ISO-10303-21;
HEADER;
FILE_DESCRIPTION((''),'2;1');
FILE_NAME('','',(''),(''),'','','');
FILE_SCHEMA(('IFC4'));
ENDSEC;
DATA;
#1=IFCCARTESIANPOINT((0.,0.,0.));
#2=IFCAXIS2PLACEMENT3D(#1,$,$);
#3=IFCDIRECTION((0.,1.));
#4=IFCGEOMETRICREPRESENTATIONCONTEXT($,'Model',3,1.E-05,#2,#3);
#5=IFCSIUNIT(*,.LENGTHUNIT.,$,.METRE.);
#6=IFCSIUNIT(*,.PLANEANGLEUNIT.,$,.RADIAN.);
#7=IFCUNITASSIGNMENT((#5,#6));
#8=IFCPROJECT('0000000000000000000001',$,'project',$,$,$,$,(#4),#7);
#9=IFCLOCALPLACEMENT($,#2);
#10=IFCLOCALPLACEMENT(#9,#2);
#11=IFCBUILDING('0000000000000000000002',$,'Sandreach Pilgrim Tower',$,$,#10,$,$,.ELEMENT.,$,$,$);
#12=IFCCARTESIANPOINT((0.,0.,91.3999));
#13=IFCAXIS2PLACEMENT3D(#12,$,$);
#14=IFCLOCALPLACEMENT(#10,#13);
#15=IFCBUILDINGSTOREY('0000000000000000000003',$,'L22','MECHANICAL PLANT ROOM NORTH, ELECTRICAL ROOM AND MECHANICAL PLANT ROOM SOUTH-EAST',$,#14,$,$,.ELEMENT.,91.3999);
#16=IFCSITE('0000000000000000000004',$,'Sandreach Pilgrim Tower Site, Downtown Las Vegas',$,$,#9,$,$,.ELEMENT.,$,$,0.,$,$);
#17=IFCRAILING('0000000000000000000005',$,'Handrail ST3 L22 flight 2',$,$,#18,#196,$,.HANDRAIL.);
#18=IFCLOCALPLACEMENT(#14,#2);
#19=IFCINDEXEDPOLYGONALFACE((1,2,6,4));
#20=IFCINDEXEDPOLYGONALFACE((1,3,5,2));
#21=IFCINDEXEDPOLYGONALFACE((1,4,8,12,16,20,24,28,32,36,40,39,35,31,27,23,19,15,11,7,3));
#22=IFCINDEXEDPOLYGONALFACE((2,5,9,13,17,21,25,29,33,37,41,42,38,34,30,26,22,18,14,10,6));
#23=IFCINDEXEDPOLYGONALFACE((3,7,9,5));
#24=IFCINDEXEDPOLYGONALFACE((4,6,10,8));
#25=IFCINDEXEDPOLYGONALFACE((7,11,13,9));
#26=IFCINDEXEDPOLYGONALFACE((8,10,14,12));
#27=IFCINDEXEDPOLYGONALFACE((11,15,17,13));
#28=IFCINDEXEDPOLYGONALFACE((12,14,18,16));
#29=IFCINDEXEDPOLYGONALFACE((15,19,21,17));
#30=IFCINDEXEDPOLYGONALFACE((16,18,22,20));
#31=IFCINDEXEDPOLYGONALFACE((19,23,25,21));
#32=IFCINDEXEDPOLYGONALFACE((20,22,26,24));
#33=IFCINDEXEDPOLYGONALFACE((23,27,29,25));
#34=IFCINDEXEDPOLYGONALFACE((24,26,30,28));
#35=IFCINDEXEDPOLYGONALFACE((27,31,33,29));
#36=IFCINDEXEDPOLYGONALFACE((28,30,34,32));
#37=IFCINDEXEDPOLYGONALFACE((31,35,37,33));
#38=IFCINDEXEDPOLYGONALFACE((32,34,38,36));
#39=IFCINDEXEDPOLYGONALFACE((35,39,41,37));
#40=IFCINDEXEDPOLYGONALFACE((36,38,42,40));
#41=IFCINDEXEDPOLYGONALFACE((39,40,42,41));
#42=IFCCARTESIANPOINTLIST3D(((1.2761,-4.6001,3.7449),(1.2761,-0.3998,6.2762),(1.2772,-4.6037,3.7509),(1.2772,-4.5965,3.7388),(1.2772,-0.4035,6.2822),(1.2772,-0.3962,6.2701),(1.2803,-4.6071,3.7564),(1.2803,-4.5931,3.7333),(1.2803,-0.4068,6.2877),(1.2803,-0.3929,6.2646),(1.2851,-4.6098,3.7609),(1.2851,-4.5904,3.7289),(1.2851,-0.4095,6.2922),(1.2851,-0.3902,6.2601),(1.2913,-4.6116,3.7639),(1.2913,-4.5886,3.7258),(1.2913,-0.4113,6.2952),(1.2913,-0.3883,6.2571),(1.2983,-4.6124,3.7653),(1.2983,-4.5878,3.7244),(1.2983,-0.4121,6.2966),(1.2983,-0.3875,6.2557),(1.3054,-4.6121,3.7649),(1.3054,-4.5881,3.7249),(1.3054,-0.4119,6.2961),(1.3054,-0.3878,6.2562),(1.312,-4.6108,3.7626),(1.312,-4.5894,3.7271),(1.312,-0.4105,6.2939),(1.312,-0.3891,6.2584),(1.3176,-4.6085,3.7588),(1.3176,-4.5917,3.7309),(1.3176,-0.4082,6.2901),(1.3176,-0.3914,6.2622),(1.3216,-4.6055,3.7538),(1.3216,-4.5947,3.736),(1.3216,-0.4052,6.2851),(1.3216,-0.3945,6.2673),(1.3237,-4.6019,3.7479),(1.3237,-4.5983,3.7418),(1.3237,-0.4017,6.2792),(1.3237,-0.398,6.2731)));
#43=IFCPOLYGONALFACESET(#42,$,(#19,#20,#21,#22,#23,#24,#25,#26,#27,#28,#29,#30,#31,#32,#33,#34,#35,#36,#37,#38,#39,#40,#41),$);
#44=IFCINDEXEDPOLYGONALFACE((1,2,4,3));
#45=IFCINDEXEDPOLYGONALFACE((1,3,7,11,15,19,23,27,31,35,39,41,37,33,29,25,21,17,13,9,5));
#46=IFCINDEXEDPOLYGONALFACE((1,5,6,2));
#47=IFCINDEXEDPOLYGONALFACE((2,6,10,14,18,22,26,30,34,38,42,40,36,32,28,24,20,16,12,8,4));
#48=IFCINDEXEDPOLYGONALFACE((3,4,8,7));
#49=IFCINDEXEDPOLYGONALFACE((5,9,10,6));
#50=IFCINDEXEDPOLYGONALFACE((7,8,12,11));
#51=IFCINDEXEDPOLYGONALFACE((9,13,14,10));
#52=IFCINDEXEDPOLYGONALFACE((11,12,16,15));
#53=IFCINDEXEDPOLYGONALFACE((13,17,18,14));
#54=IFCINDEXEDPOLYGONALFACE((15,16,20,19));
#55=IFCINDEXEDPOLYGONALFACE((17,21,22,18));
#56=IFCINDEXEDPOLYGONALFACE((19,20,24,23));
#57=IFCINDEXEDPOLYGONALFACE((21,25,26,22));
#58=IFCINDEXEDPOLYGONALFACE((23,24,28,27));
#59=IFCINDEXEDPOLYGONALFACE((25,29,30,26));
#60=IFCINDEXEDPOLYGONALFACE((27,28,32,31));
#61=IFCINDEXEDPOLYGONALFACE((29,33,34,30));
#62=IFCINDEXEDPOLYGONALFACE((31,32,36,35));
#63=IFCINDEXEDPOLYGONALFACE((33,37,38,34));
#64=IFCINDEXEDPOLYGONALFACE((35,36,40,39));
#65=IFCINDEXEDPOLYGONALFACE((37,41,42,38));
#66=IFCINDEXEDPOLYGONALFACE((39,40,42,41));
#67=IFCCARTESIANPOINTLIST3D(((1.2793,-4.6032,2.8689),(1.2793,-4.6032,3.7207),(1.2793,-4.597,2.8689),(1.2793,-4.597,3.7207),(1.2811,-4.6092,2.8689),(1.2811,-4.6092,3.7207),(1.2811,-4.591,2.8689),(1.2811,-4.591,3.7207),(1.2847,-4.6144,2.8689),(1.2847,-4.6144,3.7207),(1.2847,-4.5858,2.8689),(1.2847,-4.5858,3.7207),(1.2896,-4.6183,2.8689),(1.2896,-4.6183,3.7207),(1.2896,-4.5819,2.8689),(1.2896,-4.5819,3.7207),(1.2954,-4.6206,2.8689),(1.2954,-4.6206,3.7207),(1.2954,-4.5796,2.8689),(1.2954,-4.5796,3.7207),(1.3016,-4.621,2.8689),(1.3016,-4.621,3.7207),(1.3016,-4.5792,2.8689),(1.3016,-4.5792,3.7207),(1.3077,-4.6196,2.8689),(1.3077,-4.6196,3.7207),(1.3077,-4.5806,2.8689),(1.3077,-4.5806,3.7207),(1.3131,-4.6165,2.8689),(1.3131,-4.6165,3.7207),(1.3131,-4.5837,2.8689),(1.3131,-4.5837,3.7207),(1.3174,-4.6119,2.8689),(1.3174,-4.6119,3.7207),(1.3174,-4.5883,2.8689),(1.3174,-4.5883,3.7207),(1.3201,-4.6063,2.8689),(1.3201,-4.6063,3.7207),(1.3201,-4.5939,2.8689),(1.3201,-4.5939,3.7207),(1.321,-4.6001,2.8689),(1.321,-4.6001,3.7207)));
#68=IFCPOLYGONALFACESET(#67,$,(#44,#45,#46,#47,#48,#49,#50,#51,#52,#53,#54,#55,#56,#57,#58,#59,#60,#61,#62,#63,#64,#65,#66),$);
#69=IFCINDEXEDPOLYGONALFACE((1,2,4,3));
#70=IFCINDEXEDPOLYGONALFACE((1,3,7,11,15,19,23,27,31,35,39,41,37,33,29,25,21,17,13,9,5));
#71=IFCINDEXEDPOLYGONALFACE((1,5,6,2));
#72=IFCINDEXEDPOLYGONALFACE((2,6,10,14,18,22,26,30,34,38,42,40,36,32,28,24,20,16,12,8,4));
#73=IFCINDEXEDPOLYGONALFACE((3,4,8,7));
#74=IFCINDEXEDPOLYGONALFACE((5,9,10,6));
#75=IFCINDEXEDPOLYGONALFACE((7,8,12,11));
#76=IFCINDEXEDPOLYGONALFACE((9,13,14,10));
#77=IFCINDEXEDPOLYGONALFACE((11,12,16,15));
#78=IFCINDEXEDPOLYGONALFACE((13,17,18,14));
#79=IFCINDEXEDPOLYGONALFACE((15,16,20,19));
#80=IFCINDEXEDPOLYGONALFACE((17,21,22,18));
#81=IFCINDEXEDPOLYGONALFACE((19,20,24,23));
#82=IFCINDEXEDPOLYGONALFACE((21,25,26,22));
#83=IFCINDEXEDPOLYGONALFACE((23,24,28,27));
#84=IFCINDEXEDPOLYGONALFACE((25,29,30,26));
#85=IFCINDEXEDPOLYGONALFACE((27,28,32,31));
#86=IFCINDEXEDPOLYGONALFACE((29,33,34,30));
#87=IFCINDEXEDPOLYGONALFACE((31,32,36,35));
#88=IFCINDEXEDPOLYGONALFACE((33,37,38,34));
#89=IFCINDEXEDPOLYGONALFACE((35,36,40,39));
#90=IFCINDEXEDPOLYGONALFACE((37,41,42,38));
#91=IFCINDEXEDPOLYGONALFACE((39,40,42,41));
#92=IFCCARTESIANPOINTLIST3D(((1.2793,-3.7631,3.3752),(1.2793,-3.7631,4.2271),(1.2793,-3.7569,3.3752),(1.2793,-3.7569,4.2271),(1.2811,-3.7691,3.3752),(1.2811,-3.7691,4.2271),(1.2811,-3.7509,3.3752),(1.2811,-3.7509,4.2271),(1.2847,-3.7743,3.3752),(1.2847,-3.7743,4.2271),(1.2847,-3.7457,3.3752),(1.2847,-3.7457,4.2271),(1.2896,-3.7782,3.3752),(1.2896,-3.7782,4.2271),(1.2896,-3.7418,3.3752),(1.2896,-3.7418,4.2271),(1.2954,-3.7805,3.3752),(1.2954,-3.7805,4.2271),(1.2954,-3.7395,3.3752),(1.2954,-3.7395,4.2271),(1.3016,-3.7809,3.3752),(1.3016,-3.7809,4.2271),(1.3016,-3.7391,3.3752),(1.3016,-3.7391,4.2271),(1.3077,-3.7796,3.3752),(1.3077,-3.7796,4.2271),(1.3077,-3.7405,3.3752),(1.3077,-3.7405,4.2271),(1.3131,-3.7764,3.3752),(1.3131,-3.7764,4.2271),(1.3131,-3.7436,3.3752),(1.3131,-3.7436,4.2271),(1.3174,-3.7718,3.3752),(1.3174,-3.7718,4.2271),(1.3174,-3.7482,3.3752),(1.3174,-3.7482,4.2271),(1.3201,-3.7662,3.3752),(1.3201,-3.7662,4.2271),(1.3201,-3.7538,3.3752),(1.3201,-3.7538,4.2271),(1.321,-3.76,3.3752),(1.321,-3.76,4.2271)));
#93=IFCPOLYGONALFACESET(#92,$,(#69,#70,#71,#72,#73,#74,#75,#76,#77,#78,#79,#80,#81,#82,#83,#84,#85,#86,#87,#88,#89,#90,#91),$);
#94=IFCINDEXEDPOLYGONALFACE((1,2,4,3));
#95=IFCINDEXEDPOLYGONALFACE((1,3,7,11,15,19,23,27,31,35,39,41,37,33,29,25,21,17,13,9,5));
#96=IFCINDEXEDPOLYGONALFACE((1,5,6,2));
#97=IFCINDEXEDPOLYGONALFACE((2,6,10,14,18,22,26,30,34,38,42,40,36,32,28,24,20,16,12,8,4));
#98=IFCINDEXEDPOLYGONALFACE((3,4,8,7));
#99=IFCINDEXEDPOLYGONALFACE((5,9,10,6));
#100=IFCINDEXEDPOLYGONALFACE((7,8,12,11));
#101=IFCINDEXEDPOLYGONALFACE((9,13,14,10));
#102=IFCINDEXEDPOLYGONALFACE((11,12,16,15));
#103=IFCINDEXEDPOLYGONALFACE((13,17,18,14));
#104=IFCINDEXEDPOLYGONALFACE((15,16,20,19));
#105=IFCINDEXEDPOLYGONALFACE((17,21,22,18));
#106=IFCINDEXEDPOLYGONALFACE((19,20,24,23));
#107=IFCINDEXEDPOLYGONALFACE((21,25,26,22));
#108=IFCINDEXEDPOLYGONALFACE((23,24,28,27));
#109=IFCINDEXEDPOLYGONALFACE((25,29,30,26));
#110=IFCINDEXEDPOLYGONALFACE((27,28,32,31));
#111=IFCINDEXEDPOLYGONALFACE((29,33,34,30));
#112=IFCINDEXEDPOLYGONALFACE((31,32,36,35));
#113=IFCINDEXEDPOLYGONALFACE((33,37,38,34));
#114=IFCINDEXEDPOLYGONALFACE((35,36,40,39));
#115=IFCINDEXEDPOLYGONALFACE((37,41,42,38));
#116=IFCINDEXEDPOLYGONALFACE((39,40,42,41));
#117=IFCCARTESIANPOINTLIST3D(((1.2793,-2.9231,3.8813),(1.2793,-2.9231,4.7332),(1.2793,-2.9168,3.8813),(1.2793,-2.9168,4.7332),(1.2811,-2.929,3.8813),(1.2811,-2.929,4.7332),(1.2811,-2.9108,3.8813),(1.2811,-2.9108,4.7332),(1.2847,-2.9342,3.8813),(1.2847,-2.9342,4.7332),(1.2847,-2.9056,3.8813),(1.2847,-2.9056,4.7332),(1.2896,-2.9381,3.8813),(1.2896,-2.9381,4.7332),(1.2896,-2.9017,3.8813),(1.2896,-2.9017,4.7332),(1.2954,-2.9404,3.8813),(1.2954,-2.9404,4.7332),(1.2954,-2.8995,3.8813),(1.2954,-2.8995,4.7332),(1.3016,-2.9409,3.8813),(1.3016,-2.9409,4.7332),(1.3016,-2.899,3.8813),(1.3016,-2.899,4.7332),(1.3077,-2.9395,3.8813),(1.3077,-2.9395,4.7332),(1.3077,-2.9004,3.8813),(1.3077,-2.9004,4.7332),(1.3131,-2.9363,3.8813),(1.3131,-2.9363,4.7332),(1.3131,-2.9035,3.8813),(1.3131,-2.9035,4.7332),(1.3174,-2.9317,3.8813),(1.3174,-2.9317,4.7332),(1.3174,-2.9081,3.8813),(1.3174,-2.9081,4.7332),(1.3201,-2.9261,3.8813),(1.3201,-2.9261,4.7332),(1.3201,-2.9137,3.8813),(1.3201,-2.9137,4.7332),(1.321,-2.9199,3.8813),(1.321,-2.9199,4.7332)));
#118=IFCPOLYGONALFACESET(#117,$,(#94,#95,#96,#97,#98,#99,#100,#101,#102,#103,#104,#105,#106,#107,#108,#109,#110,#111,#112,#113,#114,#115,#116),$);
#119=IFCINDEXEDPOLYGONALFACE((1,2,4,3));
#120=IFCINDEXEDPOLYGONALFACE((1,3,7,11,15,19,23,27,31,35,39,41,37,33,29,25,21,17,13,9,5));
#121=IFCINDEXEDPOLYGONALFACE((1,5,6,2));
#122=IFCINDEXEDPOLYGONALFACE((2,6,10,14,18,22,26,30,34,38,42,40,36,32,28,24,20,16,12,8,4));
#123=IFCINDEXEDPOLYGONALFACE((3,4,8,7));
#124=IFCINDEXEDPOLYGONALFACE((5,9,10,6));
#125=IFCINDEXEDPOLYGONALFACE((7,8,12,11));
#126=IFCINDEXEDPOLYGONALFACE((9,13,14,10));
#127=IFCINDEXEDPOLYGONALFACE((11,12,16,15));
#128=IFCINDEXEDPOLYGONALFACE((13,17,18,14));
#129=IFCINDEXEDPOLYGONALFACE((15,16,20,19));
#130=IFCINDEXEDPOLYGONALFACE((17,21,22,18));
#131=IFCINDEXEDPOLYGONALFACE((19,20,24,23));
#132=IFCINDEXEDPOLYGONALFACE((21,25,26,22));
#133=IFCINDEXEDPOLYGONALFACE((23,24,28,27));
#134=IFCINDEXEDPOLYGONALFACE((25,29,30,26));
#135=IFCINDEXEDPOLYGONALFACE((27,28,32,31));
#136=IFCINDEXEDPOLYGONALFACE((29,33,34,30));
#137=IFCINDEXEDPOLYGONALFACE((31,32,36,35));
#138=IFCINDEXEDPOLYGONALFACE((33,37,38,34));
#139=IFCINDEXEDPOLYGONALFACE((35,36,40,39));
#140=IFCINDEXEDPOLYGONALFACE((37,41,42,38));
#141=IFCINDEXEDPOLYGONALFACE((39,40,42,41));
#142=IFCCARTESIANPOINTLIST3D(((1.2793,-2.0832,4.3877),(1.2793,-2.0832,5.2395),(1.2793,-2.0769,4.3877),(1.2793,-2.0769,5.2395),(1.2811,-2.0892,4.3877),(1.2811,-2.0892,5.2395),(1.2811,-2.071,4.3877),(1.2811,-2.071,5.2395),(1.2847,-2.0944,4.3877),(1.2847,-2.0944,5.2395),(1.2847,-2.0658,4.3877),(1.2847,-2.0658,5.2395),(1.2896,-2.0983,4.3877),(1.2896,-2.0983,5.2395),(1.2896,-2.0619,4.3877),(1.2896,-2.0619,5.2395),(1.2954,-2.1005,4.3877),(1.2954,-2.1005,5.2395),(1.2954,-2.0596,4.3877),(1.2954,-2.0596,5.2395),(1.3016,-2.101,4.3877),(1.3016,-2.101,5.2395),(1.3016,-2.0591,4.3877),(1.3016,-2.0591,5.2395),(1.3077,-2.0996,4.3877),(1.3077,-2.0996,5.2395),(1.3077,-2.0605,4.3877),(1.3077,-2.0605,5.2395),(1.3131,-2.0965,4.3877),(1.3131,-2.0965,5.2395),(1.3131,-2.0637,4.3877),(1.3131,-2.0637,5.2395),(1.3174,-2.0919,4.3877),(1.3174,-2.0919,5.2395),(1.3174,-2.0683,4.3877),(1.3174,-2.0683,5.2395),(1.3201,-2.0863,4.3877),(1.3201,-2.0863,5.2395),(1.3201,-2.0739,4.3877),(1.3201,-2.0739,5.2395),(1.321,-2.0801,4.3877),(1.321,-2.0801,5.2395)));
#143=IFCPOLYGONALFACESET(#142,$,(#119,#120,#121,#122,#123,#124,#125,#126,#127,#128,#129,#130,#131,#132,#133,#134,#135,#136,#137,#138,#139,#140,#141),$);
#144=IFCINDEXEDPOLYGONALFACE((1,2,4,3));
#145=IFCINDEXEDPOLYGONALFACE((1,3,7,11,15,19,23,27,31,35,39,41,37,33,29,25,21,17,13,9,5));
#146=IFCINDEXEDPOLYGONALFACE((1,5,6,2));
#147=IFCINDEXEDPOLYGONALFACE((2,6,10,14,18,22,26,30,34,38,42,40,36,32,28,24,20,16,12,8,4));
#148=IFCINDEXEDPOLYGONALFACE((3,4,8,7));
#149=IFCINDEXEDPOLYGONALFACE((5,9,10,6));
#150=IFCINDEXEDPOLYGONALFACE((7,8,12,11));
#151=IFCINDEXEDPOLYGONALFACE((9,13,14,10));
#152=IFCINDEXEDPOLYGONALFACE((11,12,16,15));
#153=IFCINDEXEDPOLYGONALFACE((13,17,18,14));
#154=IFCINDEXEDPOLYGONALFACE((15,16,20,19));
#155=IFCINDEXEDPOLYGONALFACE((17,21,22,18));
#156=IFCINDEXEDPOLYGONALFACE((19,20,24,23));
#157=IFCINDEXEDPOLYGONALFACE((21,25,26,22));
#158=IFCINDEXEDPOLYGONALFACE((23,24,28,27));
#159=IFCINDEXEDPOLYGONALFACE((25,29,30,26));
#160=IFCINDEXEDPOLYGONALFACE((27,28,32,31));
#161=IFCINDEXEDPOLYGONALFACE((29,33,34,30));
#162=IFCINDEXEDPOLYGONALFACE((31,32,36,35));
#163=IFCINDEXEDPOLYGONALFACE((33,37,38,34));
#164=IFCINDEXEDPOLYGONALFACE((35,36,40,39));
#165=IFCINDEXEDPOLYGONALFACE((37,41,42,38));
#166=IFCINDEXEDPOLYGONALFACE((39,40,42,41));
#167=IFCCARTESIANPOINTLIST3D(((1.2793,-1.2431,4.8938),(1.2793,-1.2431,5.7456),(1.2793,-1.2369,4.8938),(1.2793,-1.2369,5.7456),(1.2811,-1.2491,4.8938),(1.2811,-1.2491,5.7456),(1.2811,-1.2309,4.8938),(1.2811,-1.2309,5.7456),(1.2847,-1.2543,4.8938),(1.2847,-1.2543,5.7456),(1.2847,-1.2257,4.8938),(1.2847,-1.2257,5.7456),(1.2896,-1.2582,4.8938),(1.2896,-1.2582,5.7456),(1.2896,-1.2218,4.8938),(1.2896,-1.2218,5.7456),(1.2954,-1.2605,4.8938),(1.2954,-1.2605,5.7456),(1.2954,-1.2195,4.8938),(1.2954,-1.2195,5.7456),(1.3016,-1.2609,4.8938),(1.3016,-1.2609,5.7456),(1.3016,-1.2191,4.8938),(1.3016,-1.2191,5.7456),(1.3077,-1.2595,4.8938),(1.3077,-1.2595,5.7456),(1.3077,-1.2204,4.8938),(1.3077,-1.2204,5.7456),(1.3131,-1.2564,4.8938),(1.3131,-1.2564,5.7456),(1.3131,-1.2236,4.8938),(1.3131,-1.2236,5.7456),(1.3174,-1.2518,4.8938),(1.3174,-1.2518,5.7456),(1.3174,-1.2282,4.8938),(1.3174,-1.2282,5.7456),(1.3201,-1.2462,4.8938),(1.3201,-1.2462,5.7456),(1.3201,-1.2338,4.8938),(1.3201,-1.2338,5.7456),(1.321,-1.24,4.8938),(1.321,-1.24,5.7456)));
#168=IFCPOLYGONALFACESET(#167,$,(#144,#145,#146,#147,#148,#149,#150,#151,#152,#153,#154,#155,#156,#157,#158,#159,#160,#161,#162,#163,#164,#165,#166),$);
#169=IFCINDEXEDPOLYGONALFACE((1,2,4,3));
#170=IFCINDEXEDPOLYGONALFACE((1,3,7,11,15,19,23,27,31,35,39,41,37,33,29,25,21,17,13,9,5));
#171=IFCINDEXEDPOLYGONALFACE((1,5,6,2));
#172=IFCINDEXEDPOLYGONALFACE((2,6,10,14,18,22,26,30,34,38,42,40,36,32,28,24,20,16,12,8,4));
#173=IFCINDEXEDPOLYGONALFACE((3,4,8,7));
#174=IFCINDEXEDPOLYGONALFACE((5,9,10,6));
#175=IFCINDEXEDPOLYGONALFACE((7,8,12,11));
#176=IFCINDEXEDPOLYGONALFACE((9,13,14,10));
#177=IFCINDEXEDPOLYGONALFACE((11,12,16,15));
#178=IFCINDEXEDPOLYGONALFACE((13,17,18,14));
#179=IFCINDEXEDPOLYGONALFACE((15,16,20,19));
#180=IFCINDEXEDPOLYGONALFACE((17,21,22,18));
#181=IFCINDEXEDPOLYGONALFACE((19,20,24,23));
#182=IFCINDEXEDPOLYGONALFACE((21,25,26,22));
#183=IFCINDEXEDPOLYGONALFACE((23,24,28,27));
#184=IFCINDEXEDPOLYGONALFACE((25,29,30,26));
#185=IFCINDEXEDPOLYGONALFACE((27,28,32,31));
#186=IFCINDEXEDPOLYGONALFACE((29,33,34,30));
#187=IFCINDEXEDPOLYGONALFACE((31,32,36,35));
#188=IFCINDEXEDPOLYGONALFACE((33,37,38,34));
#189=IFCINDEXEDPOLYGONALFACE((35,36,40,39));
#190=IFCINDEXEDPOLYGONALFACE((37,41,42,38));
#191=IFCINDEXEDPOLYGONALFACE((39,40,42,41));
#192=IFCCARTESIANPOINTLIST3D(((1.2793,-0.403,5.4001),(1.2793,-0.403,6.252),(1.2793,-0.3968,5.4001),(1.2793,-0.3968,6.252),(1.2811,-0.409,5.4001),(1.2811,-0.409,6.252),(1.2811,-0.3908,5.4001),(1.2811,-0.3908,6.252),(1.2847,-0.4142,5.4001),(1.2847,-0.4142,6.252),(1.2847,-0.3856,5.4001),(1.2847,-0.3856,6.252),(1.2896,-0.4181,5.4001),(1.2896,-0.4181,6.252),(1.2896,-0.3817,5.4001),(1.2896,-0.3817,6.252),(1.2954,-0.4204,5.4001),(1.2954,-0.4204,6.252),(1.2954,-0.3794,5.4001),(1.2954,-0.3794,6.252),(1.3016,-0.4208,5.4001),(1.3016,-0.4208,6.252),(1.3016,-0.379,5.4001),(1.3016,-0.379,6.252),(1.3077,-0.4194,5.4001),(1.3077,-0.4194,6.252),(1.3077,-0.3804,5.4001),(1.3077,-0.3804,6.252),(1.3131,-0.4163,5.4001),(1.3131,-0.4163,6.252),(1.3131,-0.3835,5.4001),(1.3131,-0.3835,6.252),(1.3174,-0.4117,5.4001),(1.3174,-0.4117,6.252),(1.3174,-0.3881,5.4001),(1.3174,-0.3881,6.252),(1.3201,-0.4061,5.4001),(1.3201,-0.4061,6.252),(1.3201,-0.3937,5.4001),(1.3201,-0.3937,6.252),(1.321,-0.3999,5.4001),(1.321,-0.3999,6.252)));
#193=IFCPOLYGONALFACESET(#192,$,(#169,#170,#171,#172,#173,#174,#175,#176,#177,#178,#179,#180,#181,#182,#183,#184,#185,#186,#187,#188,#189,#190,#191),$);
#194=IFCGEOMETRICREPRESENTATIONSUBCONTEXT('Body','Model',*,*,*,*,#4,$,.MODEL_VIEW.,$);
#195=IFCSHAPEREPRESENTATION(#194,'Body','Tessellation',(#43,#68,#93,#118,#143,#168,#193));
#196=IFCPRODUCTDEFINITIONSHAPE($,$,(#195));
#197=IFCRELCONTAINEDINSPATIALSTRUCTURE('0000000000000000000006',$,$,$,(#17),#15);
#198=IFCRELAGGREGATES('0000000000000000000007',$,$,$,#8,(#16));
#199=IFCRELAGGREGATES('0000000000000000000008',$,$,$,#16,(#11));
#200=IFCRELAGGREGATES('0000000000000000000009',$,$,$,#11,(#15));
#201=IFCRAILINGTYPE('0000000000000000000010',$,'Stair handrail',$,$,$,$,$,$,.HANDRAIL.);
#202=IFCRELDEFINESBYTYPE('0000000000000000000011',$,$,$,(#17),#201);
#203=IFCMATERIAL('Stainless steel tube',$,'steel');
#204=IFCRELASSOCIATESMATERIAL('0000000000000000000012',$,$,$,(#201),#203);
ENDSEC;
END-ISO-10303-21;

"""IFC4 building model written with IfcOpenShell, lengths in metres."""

from ifc_helpers import new_model, si_unit, direction, frame, origin, origin_2d, place, context, subcontext, project, spatial, circle, extrude, material, type_object, element, save


model = new_model("IFC4")

# Units and contexts
model_context = context("Model", 3, precision=1e-05, world=origin(), true_north=direction((0.0, 1.0)))
body_context = subcontext(model_context, "Body", "Model", "MODEL_VIEW")
ifc_project = project(units=[si_unit("LENGTHUNIT", "METRE"), si_unit("PLANEANGLEUNIT", "RADIAN")], contexts=[model_context])

# Site, building, storey
site_placement = place(None, origin())
site = spatial("IfcSite", under=ifc_project, at=site_placement, Name="Sandreach Pilgrim Tower Site, Downtown Las Vegas", CompositionType="ELEMENT", RefElevation=0.0)
building_placement = place(site_placement, origin())
building = spatial("IfcBuilding", under=site, at=building_placement, Name="Sandreach Pilgrim Tower", CompositionType="ELEMENT")
storey_placement = place(building_placement, frame((0.0, 0.0, 91.3999)))
storey = spatial("IfcBuildingStorey", under=building, at=storey_placement, Name="L22", Description="MECHANICAL PLANT ROOM NORTH, ELECTRICAL ROOM AND MECHANICAL PLANT ROOM SOUTH-EAST", CompositionType="ELEMENT", Elevation=91.3999)

# Railing
ifc_material_1 = material(Name="Stainless steel tube", Category="steel")
railing_type = type_object("IfcRailingType", Name="Stair handrail", PredefinedType="HANDRAIL", material=ifc_material_1)
for number, where, name in (
    (1, (1.3, -4.6001, 2.8689), "Handrail ST3 L22 flight 2"),
):
    element("IfcRailing", number, at=place(storey_placement, frame(where)), inside=storey, type_object=railing_type, Name=name, PredefinedType="HANDRAIL", context=body_context, shape_type="SweptSolid", body=[
        extrude(circle(Radius=0.0239, at=origin_2d()), frame((0.0, 0.0, 0.876), z_axis=(0.0, 0.85649, 0.516164), x_axis=(-1.0, 0.0, 0.0)), (0.0, 0.0, 1.0), 4.9041),
        extrude(circle(Radius=0.021, at=origin_2d()), origin(), (0.0, 0.0, 1.0), 0.8518),
        extrude(circle(Radius=0.021, at=origin_2d()), frame((0.0, 0.8401, 0.5063)), (0.0, 0.0, 1.0), 0.8518),
        extrude(circle(Radius=0.021, at=origin_2d()), frame((0.0, 1.6802, 1.0125)), (0.0, 0.0, 1.0), 0.8518),
        extrude(circle(Radius=0.021, at=origin_2d()), frame((0.0, 2.52, 1.5188)), (0.0, 0.0, 1.0), 0.8518),
        extrude(circle(Radius=0.021, at=origin_2d()), frame((0.0, 3.3601, 2.0249)), (0.0, 0.0, 1.0), 0.8518),
        extrude(circle(Radius=0.021, at=origin_2d()), frame((0.0, 4.2002, 2.5312)), (0.0, 0.0, 1.0), 0.8518),
    ])

save(model, "model.ifc")
